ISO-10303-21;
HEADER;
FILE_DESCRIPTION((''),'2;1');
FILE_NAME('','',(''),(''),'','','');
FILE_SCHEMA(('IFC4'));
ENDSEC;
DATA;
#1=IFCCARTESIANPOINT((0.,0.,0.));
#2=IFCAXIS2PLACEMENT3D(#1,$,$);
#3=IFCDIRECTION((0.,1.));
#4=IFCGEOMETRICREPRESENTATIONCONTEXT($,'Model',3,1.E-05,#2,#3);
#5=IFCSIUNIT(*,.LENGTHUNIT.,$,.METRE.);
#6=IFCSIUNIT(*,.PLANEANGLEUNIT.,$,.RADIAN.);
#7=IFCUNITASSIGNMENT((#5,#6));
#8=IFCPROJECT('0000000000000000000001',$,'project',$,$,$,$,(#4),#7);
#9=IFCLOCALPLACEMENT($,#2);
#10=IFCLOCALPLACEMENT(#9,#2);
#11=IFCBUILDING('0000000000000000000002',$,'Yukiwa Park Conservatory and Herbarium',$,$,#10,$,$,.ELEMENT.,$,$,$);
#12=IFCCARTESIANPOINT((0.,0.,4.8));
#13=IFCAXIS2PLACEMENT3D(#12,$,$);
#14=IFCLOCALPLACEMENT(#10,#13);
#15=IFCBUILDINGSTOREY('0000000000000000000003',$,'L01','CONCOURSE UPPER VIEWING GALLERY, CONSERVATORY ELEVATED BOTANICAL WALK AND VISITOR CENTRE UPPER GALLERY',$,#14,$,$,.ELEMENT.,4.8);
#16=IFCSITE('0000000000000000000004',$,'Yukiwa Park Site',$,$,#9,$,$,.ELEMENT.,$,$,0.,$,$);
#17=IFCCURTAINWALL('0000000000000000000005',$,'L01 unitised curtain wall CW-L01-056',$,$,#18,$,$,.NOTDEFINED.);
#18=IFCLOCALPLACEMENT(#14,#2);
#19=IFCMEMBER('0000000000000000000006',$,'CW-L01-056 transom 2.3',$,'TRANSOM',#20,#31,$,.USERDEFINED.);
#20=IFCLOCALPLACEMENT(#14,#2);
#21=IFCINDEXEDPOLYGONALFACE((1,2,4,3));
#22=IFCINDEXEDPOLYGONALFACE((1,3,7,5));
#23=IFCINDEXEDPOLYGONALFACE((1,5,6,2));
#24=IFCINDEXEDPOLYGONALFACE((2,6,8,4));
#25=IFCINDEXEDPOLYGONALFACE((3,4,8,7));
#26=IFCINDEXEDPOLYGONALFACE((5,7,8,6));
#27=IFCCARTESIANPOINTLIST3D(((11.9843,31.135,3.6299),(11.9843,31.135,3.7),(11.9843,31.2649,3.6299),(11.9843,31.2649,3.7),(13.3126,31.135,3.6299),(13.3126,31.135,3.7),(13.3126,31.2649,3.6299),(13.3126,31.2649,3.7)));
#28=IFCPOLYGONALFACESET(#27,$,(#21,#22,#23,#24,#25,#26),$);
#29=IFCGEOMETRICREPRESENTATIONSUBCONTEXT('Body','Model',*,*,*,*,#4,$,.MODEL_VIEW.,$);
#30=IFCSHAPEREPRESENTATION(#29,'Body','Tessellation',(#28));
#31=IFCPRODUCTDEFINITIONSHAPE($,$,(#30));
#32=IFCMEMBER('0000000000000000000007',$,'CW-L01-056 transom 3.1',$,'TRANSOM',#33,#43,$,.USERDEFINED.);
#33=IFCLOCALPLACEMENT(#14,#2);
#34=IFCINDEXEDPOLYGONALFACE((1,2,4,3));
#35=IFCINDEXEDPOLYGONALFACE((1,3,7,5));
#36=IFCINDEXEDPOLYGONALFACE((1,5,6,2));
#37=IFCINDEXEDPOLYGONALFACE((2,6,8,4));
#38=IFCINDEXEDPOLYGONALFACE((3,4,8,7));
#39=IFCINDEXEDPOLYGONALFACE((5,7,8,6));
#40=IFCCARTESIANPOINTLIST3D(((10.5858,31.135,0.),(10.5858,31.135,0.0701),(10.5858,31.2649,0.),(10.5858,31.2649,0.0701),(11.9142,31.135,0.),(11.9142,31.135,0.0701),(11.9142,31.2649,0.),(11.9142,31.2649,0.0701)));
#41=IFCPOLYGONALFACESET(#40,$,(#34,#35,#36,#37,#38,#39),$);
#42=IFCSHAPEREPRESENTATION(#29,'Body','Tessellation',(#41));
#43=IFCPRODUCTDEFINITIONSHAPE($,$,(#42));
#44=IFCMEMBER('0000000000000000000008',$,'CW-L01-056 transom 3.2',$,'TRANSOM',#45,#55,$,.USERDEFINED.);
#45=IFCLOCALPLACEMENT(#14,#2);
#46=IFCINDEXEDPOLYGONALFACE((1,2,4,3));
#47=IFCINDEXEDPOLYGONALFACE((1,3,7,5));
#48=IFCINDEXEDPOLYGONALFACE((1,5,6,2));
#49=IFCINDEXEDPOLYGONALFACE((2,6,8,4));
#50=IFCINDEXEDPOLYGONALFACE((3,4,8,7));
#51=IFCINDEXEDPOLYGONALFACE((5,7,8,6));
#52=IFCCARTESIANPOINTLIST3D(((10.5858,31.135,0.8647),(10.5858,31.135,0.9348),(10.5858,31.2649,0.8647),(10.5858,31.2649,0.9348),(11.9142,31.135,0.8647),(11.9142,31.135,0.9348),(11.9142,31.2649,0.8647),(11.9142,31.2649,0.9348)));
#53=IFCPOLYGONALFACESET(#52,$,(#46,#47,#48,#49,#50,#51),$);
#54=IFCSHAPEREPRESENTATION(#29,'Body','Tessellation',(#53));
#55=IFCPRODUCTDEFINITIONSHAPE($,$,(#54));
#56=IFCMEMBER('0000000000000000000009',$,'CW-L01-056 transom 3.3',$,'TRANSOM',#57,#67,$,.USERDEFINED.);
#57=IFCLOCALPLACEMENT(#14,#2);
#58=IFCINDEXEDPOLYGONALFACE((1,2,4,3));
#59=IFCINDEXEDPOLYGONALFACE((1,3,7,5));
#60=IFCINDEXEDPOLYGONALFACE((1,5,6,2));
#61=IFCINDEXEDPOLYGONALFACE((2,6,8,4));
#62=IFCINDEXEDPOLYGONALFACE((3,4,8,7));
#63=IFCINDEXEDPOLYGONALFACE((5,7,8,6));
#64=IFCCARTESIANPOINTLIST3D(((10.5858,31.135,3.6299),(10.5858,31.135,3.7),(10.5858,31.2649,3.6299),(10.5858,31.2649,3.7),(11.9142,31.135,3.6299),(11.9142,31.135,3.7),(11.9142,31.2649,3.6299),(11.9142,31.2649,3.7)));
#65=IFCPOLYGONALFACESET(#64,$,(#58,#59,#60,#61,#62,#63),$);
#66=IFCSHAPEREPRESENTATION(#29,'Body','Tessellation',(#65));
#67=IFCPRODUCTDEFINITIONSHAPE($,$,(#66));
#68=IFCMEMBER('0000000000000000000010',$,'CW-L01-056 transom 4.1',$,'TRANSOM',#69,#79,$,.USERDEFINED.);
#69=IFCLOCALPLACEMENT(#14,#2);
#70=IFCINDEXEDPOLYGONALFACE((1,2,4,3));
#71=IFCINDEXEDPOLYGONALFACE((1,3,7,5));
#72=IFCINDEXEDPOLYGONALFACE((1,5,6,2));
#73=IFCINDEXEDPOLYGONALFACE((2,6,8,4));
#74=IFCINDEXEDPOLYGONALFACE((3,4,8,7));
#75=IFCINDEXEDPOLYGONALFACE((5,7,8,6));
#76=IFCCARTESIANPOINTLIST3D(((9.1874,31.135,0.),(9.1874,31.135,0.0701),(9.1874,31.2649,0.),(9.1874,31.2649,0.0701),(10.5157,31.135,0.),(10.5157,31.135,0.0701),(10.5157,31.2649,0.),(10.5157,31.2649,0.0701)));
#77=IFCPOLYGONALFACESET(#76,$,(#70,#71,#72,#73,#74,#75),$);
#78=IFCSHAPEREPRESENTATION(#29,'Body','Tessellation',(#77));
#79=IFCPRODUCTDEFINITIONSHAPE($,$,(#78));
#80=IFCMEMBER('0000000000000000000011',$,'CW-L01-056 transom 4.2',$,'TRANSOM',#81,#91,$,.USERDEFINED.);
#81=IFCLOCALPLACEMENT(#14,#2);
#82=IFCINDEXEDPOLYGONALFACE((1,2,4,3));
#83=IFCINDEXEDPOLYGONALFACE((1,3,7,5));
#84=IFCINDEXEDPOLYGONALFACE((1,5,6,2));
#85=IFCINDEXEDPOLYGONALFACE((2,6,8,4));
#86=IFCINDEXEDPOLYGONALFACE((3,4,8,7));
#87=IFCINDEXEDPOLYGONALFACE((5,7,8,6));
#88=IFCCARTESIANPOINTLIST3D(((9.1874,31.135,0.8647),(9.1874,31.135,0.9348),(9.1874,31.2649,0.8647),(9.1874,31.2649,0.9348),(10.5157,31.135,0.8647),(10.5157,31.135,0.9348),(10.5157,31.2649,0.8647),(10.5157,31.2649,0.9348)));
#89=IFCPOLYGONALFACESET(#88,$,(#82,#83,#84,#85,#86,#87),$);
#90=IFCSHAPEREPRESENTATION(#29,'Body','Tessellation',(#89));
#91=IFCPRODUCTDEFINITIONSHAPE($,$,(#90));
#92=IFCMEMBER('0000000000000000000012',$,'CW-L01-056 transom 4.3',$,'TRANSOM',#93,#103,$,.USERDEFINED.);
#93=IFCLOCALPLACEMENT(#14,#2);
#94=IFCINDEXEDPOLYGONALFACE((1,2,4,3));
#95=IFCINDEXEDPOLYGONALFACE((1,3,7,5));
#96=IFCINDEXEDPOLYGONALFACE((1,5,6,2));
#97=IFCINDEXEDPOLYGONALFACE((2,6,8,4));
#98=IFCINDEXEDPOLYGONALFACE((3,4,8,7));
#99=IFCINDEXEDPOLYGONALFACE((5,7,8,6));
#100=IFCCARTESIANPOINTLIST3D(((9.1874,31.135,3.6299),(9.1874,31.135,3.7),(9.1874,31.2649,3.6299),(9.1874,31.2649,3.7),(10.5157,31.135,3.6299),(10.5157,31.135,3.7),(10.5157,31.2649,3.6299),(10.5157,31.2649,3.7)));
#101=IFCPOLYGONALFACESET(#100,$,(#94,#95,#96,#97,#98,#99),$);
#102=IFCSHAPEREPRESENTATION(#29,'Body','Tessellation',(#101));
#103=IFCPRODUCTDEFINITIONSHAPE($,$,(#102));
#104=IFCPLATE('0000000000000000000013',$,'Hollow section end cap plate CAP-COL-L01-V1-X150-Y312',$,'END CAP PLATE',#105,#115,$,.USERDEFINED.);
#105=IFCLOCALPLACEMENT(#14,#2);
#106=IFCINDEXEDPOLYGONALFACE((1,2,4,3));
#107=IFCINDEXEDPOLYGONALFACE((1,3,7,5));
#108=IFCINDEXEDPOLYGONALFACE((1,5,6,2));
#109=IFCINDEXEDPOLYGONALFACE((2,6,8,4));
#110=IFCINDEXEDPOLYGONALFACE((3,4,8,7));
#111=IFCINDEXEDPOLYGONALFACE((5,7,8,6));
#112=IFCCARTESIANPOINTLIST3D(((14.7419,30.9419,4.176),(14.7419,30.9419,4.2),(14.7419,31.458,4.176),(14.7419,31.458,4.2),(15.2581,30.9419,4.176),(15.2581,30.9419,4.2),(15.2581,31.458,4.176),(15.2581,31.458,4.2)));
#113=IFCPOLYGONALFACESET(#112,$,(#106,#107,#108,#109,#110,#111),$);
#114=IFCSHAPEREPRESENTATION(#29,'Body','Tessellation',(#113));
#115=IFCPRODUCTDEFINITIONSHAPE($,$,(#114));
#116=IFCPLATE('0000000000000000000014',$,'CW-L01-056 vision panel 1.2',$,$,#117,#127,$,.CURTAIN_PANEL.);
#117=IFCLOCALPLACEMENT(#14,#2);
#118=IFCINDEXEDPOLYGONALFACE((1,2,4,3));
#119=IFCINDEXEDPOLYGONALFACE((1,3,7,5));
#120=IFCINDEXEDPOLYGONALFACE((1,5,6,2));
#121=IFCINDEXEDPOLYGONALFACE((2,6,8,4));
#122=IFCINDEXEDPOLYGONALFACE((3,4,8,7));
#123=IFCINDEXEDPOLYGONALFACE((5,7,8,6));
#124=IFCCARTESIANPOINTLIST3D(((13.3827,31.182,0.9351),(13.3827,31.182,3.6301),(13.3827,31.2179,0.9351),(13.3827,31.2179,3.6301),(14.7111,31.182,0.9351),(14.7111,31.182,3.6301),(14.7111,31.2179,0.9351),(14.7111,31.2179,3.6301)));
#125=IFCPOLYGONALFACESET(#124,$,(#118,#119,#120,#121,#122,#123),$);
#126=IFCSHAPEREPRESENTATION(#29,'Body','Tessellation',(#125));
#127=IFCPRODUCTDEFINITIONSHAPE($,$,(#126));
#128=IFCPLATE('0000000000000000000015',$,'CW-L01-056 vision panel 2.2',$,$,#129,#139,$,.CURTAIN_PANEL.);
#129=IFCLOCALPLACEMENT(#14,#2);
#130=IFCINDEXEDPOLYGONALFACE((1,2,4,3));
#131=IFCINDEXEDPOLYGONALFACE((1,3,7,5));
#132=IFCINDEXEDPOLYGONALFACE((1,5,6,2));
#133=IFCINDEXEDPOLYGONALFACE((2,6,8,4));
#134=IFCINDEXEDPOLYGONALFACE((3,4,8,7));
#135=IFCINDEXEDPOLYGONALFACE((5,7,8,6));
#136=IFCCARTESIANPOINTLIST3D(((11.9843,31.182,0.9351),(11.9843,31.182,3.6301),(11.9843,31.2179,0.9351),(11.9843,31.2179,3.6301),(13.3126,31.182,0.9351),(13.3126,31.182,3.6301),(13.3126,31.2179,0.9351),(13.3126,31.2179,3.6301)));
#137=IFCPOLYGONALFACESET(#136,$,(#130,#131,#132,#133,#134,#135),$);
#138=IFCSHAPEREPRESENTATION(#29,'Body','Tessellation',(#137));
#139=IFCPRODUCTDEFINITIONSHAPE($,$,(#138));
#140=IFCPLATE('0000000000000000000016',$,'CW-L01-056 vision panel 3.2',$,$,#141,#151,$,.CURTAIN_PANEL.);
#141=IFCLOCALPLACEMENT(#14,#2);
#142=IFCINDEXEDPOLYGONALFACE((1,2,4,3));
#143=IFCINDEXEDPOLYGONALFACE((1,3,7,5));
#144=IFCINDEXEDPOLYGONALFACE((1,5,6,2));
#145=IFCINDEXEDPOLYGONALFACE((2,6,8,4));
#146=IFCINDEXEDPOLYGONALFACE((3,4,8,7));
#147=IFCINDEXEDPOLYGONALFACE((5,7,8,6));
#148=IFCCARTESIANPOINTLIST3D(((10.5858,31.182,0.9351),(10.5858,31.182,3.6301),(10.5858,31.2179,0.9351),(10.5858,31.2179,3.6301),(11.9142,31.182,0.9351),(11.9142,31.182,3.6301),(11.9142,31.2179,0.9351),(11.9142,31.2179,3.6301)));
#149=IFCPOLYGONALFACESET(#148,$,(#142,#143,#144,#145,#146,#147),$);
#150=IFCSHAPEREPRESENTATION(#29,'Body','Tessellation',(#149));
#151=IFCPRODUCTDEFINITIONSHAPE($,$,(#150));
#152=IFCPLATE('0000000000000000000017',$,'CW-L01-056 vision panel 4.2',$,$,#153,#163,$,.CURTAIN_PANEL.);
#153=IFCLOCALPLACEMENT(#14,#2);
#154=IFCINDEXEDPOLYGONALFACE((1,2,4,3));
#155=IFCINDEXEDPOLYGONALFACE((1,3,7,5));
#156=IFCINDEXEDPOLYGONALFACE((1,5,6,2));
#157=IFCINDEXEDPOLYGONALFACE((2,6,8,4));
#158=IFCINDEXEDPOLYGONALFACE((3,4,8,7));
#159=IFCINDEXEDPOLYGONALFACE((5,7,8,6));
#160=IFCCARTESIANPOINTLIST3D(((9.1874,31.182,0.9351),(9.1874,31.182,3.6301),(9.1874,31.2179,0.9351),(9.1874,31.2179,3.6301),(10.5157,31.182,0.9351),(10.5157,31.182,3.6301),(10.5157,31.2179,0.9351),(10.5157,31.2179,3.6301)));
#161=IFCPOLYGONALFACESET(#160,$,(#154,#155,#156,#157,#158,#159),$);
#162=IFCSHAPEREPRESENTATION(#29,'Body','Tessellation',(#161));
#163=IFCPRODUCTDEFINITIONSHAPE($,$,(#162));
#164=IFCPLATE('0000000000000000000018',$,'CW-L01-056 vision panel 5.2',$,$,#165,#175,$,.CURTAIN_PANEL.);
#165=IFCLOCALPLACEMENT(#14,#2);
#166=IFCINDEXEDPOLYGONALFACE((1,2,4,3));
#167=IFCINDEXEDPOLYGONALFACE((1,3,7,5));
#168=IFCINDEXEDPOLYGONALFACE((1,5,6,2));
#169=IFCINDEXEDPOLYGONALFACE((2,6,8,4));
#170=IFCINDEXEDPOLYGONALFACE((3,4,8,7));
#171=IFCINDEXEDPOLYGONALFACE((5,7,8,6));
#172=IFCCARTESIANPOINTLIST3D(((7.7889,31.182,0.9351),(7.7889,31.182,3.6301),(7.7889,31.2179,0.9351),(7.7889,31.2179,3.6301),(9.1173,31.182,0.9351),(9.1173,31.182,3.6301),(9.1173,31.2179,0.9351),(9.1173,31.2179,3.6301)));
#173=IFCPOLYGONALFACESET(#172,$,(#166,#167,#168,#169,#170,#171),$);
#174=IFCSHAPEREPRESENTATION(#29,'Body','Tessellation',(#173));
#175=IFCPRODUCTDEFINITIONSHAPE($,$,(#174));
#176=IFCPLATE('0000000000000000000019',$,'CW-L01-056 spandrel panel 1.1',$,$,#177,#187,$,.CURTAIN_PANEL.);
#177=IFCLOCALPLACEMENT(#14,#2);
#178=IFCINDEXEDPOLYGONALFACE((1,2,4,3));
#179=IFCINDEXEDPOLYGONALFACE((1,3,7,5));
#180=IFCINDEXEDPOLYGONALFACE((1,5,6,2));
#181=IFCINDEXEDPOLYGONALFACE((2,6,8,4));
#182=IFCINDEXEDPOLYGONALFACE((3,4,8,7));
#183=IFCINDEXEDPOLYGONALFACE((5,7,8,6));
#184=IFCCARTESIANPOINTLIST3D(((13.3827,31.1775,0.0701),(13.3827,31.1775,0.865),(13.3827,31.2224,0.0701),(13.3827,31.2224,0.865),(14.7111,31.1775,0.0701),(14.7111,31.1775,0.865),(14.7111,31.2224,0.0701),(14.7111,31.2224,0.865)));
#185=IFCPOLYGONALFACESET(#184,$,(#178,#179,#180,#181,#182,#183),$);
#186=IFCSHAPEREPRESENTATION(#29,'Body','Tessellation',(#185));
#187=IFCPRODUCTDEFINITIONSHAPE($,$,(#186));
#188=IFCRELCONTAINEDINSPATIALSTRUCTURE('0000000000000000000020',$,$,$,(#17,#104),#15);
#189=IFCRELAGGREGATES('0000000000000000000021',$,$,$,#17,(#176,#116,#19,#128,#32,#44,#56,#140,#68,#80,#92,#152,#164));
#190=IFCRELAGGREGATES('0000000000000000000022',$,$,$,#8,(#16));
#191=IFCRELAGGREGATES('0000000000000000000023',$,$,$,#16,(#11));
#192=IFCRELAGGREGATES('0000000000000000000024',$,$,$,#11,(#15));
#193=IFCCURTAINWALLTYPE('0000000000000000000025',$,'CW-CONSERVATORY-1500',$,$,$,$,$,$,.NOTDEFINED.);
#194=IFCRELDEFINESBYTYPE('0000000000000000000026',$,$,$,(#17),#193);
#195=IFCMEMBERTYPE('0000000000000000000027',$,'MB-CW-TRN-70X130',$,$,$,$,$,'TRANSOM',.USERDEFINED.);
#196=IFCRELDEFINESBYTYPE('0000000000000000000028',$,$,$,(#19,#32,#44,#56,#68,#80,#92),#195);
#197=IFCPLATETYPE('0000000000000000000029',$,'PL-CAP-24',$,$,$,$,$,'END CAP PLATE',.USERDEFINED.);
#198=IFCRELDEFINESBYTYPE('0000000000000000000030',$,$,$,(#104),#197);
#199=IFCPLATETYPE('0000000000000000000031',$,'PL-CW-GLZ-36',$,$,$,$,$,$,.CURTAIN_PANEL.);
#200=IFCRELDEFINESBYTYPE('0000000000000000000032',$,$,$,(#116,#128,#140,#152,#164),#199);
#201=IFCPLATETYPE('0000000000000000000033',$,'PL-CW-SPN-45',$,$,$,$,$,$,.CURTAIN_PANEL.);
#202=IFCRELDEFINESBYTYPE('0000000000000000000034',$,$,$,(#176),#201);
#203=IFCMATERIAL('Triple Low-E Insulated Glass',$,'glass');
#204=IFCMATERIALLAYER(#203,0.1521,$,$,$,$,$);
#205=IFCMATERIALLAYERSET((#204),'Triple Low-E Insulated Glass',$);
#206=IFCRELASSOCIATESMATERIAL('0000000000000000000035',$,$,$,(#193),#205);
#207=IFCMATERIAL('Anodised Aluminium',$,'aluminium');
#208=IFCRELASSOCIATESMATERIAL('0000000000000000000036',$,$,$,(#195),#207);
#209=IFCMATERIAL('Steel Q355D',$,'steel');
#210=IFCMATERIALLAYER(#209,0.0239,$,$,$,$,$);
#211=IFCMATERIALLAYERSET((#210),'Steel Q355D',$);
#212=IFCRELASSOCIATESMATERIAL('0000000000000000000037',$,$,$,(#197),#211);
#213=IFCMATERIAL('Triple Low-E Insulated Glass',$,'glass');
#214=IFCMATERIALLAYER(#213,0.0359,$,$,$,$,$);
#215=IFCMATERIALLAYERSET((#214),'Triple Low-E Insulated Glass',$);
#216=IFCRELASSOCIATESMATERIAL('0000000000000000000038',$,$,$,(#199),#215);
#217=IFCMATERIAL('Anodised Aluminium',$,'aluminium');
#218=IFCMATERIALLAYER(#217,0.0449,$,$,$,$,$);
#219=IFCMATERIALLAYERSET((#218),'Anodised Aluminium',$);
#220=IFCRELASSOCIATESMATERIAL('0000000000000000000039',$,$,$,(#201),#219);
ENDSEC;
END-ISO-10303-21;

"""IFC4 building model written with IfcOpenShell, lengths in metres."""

from ifc_helpers import new_model, si_unit, direction, frame, origin, origin_2d, place, context, subcontext, project, spatial, rectangle, extrude, material, layer, layer_set, type_object, element, aggregate, save


model = new_model("IFC4")

# Units and contexts
model_context = context("Model", 3, precision=1e-05, world=origin(), true_north=direction((0.0, 1.0)))
body_context = subcontext(model_context, "Body", "Model", "MODEL_VIEW")
ifc_project = project(units=[si_unit("LENGTHUNIT", "METRE"), si_unit("PLANEANGLEUNIT", "RADIAN")], contexts=[model_context])

# Site, building, storey
site_placement = place(None, origin())
site = spatial("IfcSite", under=ifc_project, at=site_placement, Name="Yukiwa Park Site", CompositionType="ELEMENT", RefElevation=0.0)
building_placement = place(site_placement, origin())
building = spatial("IfcBuilding", under=site, at=building_placement, Name="Yukiwa Park Conservatory and Herbarium", CompositionType="ELEMENT")
storey_placement = place(building_placement, frame((0.0, 0.0, 4.8)))
storey = spatial("IfcBuildingStorey", under=building, at=storey_placement, Name="L01", Description="CONCOURSE UPPER VIEWING GALLERY, CONSERVATORY ELEVATED BOTANICAL WALK AND VISITOR CENTRE UPPER GALLERY", CompositionType="ELEMENT", Elevation=4.8)

# Curtain wall, members
ifc_material_1 = material(Name="Triple Low-E Insulated Glass", Category="glass")
ifc_layer_1 = layer(ifc_material_1, 0.1521)
ifc_layer_set_1 = layer_set([ifc_layer_1], Name="Triple Low-E Insulated Glass")
curtain_wall_type = type_object("IfcCurtainWallType", Name="CW-CONSERVATORY-1500", PredefinedType="NOTDEFINED", material=ifc_layer_set_1)
curtain_wall_placement = place(storey_placement, origin())
curtain_wall = element("IfcCurtainWall", 1, at=curtain_wall_placement, inside=storey, type_object=curtain_wall_type, Name="L01 unitised curtain wall CW-L01-056", PredefinedType="NOTDEFINED")
ifc_material_2 = material(Name="Anodised Aluminium", Category="aluminium")
member_type_1 = type_object("IfcMemberType", Name="MB-CW-TRN-70X130", ElementType="TRANSOM", PredefinedType="USERDEFINED", material=ifc_material_2)
member_1_placement = place(storey_placement, frame((12.6484, 31.2, 3.6299), z_axis=(0.0, 0.0, 1.0), x_axis=(-1.0, 0.0, 0.0)))
member_1 = element("IfcMember", 2, at=member_1_placement, type_object=member_type_1, Name="CW-L01-056 transom 2.3", ObjectType="TRANSOM", PredefinedType="USERDEFINED", context=body_context, shape_type="SweptSolid", body=[
    extrude(rectangle(XDim=1.3284, YDim=0.1299, at=origin_2d()), origin(), (0.0, 0.0, 1.0), 0.0701),
])
member_2_placement = place(storey_placement, frame((11.25, 31.2, 0.0), z_axis=(0.0, 0.0, 1.0), x_axis=(-1.0, 0.0, 0.0)))
member_2 = element("IfcMember", 3, at=member_2_placement, type_object=member_type_1, Name="CW-L01-056 transom 3.1", ObjectType="TRANSOM", PredefinedType="USERDEFINED", context=body_context, shape_type="SweptSolid", body=[
    extrude(rectangle(XDim=1.3284, YDim=0.1299, at=origin_2d()), origin(), (0.0, 0.0, 1.0), 0.0701),
])
member_3_placement = place(storey_placement, frame((11.25, 31.2, 0.8647), z_axis=(0.0, 0.0, 1.0), x_axis=(-1.0, 0.0, 0.0)))
member_3 = element("IfcMember", 4, at=member_3_placement, type_object=member_type_1, Name="CW-L01-056 transom 3.2", ObjectType="TRANSOM", PredefinedType="USERDEFINED", context=body_context, shape_type="SweptSolid", body=[
    extrude(rectangle(XDim=1.3284, YDim=0.1299, at=origin_2d()), origin(), (0.0, 0.0, 1.0), 0.0701),
])
member_4_placement = place(storey_placement, frame((11.25, 31.2, 3.6299), z_axis=(0.0, 0.0, 1.0), x_axis=(-1.0, 0.0, 0.0)))
member_4 = element("IfcMember", 5, at=member_4_placement, type_object=member_type_1, Name="CW-L01-056 transom 3.3", ObjectType="TRANSOM", PredefinedType="USERDEFINED", context=body_context, shape_type="SweptSolid", body=[
    extrude(rectangle(XDim=1.3284, YDim=0.1299, at=origin_2d()), origin(), (0.0, 0.0, 1.0), 0.0701),
])
member_5_placement = place(storey_placement, frame((9.8516, 31.2, 0.0), z_axis=(0.0, 0.0, 1.0), x_axis=(-1.0, 0.0, 0.0)))
member_5 = element("IfcMember", 6, at=member_5_placement, type_object=member_type_1, Name="CW-L01-056 transom 4.1", ObjectType="TRANSOM", PredefinedType="USERDEFINED", context=body_context, shape_type="SweptSolid", body=[
    extrude(rectangle(XDim=1.3284, YDim=0.1299, at=origin_2d()), origin(), (0.0, 0.0, 1.0), 0.0701),
])
member_6_placement = place(storey_placement, frame((9.8516, 31.2, 0.8647), z_axis=(0.0, 0.0, 1.0), x_axis=(-1.0, 0.0, 0.0)))
member_6 = element("IfcMember", 7, at=member_6_placement, type_object=member_type_1, Name="CW-L01-056 transom 4.2", ObjectType="TRANSOM", PredefinedType="USERDEFINED", context=body_context, shape_type="SweptSolid", body=[
    extrude(rectangle(XDim=1.3284, YDim=0.1299, at=origin_2d()), origin(), (0.0, 0.0, 1.0), 0.0701),
])
member_7_placement = place(storey_placement, frame((9.8516, 31.2, 3.6299), z_axis=(0.0, 0.0, 1.0), x_axis=(-1.0, 0.0, 0.0)))
member_7 = element("IfcMember", 8, at=member_7_placement, type_object=member_type_1, Name="CW-L01-056 transom 4.3", ObjectType="TRANSOM", PredefinedType="USERDEFINED", context=body_context, shape_type="SweptSolid", body=[
    extrude(rectangle(XDim=1.3284, YDim=0.1299, at=origin_2d()), origin(), (0.0, 0.0, 1.0), 0.0701),
])

# Plates
ifc_material_3 = material(Name="Steel Q355D", Category="steel")
ifc_layer_2 = layer(ifc_material_3, 0.0239)
ifc_layer_set_2 = layer_set([ifc_layer_2], Name="Steel Q355D")
plate_type_1 = type_object("IfcPlateType", Name="PL-CAP-24", ElementType="END CAP PLATE", PredefinedType="USERDEFINED", material=ifc_layer_set_2)
plate_1_placement = place(storey_placement, frame((15.0, 31.2, 4.176), z_axis=(0.0, 0.0, 1.0), x_axis=(1.0, 0.0, 0.0)))
element("IfcPlate", 9, at=plate_1_placement, inside=storey, type_object=plate_type_1, Name="Hollow section end cap plate CAP-COL-L01-V1-X150-Y312", ObjectType="END CAP PLATE", PredefinedType="USERDEFINED", context=body_context, shape_type="SweptSolid", body=[
    extrude(rectangle(XDim=0.5161, YDim=0.5161, at=origin_2d()), origin(), (0.0, 0.0, 1.0), 0.0239),
])
ifc_material_4 = material(Name="Triple Low-E Insulated Glass", Category="glass")
ifc_layer_3 = layer(ifc_material_4, 0.0359)
ifc_layer_set_3 = layer_set([ifc_layer_3], Name="Triple Low-E Insulated Glass")
plate_type_2 = type_object("IfcPlateType", Name="PL-CW-GLZ-36", PredefinedType="CURTAIN_PANEL", material=ifc_layer_set_3)
plate_2_placement = place(storey_placement, frame((14.0469, 31.2, 0.9351), z_axis=(0.0, 0.0, 1.0), x_axis=(-1.0, 0.0, 0.0)))
plate_2 = element("IfcPlate", 10, at=plate_2_placement, type_object=plate_type_2, Name="CW-L01-056 vision panel 1.2", PredefinedType="CURTAIN_PANEL", context=body_context, shape_type="SweptSolid", body=[
    extrude(rectangle(XDim=1.3284, YDim=0.0359, at=origin_2d()), origin(), (0.0, 0.0, 1.0), 2.6951),
])
plate_3_placement = place(storey_placement, frame((12.6484, 31.2, 0.9351), z_axis=(0.0, 0.0, 1.0), x_axis=(-1.0, 0.0, 0.0)))
plate_3 = element("IfcPlate", 11, at=plate_3_placement, type_object=plate_type_2, Name="CW-L01-056 vision panel 2.2", PredefinedType="CURTAIN_PANEL", context=body_context, shape_type="SweptSolid", body=[
    extrude(rectangle(XDim=1.3284, YDim=0.0359, at=origin_2d()), origin(), (0.0, 0.0, 1.0), 2.6951),
])
plate_4_placement = place(storey_placement, frame((11.25, 31.2, 0.9351), z_axis=(0.0, 0.0, 1.0), x_axis=(-1.0, 0.0, 0.0)))
plate_4 = element("IfcPlate", 12, at=plate_4_placement, type_object=plate_type_2, Name="CW-L01-056 vision panel 3.2", PredefinedType="CURTAIN_PANEL", context=body_context, shape_type="SweptSolid", body=[
    extrude(rectangle(XDim=1.3284, YDim=0.0359, at=origin_2d()), origin(), (0.0, 0.0, 1.0), 2.6951),
])
plate_5_placement = place(storey_placement, frame((9.8516, 31.2, 0.9351), z_axis=(0.0, 0.0, 1.0), x_axis=(-1.0, 0.0, 0.0)))
plate_5 = element("IfcPlate", 13, at=plate_5_placement, type_object=plate_type_2, Name="CW-L01-056 vision panel 4.2", PredefinedType="CURTAIN_PANEL", context=body_context, shape_type="SweptSolid", body=[
    extrude(rectangle(XDim=1.3284, YDim=0.0359, at=origin_2d()), origin(), (0.0, 0.0, 1.0), 2.6951),
])
plate_6_placement = place(storey_placement, frame((8.4531, 31.2, 0.9351), z_axis=(0.0, 0.0, 1.0), x_axis=(-1.0, 0.0, 0.0)))
plate_6 = element("IfcPlate", 14, at=plate_6_placement, type_object=plate_type_2, Name="CW-L01-056 vision panel 5.2", PredefinedType="CURTAIN_PANEL", context=body_context, shape_type="SweptSolid", body=[
    extrude(rectangle(XDim=1.3284, YDim=0.0359, at=origin_2d()), origin(), (0.0, 0.0, 1.0), 2.6951),
])
ifc_material_5 = material(Name="Anodised Aluminium", Category="aluminium")
ifc_layer_4 = layer(ifc_material_5, 0.0449)
ifc_layer_set_4 = layer_set([ifc_layer_4], Name="Anodised Aluminium")
plate_type_3 = type_object("IfcPlateType", Name="PL-CW-SPN-45", PredefinedType="CURTAIN_PANEL", material=ifc_layer_set_4)
plate_7_placement = place(storey_placement, frame((14.0469, 31.2, 0.0701), z_axis=(0.0, 0.0, 1.0), x_axis=(-1.0, 0.0, 0.0)))
plate_7 = element("IfcPlate", 15, at=plate_7_placement, type_object=plate_type_3, Name="CW-L01-056 spandrel panel 1.1", PredefinedType="CURTAIN_PANEL", context=body_context, shape_type="SweptSolid", body=[
    extrude(rectangle(XDim=1.3284, YDim=0.0449, at=origin_2d()), origin(), (0.0, 0.0, 1.0), 0.7949),
])
aggregate(curtain_wall, [plate_7, plate_2, member_1, plate_3, member_2, member_3, member_4, plate_4, member_5, member_6, member_7, plate_5, plate_6])

save(model, "model.ifc")
